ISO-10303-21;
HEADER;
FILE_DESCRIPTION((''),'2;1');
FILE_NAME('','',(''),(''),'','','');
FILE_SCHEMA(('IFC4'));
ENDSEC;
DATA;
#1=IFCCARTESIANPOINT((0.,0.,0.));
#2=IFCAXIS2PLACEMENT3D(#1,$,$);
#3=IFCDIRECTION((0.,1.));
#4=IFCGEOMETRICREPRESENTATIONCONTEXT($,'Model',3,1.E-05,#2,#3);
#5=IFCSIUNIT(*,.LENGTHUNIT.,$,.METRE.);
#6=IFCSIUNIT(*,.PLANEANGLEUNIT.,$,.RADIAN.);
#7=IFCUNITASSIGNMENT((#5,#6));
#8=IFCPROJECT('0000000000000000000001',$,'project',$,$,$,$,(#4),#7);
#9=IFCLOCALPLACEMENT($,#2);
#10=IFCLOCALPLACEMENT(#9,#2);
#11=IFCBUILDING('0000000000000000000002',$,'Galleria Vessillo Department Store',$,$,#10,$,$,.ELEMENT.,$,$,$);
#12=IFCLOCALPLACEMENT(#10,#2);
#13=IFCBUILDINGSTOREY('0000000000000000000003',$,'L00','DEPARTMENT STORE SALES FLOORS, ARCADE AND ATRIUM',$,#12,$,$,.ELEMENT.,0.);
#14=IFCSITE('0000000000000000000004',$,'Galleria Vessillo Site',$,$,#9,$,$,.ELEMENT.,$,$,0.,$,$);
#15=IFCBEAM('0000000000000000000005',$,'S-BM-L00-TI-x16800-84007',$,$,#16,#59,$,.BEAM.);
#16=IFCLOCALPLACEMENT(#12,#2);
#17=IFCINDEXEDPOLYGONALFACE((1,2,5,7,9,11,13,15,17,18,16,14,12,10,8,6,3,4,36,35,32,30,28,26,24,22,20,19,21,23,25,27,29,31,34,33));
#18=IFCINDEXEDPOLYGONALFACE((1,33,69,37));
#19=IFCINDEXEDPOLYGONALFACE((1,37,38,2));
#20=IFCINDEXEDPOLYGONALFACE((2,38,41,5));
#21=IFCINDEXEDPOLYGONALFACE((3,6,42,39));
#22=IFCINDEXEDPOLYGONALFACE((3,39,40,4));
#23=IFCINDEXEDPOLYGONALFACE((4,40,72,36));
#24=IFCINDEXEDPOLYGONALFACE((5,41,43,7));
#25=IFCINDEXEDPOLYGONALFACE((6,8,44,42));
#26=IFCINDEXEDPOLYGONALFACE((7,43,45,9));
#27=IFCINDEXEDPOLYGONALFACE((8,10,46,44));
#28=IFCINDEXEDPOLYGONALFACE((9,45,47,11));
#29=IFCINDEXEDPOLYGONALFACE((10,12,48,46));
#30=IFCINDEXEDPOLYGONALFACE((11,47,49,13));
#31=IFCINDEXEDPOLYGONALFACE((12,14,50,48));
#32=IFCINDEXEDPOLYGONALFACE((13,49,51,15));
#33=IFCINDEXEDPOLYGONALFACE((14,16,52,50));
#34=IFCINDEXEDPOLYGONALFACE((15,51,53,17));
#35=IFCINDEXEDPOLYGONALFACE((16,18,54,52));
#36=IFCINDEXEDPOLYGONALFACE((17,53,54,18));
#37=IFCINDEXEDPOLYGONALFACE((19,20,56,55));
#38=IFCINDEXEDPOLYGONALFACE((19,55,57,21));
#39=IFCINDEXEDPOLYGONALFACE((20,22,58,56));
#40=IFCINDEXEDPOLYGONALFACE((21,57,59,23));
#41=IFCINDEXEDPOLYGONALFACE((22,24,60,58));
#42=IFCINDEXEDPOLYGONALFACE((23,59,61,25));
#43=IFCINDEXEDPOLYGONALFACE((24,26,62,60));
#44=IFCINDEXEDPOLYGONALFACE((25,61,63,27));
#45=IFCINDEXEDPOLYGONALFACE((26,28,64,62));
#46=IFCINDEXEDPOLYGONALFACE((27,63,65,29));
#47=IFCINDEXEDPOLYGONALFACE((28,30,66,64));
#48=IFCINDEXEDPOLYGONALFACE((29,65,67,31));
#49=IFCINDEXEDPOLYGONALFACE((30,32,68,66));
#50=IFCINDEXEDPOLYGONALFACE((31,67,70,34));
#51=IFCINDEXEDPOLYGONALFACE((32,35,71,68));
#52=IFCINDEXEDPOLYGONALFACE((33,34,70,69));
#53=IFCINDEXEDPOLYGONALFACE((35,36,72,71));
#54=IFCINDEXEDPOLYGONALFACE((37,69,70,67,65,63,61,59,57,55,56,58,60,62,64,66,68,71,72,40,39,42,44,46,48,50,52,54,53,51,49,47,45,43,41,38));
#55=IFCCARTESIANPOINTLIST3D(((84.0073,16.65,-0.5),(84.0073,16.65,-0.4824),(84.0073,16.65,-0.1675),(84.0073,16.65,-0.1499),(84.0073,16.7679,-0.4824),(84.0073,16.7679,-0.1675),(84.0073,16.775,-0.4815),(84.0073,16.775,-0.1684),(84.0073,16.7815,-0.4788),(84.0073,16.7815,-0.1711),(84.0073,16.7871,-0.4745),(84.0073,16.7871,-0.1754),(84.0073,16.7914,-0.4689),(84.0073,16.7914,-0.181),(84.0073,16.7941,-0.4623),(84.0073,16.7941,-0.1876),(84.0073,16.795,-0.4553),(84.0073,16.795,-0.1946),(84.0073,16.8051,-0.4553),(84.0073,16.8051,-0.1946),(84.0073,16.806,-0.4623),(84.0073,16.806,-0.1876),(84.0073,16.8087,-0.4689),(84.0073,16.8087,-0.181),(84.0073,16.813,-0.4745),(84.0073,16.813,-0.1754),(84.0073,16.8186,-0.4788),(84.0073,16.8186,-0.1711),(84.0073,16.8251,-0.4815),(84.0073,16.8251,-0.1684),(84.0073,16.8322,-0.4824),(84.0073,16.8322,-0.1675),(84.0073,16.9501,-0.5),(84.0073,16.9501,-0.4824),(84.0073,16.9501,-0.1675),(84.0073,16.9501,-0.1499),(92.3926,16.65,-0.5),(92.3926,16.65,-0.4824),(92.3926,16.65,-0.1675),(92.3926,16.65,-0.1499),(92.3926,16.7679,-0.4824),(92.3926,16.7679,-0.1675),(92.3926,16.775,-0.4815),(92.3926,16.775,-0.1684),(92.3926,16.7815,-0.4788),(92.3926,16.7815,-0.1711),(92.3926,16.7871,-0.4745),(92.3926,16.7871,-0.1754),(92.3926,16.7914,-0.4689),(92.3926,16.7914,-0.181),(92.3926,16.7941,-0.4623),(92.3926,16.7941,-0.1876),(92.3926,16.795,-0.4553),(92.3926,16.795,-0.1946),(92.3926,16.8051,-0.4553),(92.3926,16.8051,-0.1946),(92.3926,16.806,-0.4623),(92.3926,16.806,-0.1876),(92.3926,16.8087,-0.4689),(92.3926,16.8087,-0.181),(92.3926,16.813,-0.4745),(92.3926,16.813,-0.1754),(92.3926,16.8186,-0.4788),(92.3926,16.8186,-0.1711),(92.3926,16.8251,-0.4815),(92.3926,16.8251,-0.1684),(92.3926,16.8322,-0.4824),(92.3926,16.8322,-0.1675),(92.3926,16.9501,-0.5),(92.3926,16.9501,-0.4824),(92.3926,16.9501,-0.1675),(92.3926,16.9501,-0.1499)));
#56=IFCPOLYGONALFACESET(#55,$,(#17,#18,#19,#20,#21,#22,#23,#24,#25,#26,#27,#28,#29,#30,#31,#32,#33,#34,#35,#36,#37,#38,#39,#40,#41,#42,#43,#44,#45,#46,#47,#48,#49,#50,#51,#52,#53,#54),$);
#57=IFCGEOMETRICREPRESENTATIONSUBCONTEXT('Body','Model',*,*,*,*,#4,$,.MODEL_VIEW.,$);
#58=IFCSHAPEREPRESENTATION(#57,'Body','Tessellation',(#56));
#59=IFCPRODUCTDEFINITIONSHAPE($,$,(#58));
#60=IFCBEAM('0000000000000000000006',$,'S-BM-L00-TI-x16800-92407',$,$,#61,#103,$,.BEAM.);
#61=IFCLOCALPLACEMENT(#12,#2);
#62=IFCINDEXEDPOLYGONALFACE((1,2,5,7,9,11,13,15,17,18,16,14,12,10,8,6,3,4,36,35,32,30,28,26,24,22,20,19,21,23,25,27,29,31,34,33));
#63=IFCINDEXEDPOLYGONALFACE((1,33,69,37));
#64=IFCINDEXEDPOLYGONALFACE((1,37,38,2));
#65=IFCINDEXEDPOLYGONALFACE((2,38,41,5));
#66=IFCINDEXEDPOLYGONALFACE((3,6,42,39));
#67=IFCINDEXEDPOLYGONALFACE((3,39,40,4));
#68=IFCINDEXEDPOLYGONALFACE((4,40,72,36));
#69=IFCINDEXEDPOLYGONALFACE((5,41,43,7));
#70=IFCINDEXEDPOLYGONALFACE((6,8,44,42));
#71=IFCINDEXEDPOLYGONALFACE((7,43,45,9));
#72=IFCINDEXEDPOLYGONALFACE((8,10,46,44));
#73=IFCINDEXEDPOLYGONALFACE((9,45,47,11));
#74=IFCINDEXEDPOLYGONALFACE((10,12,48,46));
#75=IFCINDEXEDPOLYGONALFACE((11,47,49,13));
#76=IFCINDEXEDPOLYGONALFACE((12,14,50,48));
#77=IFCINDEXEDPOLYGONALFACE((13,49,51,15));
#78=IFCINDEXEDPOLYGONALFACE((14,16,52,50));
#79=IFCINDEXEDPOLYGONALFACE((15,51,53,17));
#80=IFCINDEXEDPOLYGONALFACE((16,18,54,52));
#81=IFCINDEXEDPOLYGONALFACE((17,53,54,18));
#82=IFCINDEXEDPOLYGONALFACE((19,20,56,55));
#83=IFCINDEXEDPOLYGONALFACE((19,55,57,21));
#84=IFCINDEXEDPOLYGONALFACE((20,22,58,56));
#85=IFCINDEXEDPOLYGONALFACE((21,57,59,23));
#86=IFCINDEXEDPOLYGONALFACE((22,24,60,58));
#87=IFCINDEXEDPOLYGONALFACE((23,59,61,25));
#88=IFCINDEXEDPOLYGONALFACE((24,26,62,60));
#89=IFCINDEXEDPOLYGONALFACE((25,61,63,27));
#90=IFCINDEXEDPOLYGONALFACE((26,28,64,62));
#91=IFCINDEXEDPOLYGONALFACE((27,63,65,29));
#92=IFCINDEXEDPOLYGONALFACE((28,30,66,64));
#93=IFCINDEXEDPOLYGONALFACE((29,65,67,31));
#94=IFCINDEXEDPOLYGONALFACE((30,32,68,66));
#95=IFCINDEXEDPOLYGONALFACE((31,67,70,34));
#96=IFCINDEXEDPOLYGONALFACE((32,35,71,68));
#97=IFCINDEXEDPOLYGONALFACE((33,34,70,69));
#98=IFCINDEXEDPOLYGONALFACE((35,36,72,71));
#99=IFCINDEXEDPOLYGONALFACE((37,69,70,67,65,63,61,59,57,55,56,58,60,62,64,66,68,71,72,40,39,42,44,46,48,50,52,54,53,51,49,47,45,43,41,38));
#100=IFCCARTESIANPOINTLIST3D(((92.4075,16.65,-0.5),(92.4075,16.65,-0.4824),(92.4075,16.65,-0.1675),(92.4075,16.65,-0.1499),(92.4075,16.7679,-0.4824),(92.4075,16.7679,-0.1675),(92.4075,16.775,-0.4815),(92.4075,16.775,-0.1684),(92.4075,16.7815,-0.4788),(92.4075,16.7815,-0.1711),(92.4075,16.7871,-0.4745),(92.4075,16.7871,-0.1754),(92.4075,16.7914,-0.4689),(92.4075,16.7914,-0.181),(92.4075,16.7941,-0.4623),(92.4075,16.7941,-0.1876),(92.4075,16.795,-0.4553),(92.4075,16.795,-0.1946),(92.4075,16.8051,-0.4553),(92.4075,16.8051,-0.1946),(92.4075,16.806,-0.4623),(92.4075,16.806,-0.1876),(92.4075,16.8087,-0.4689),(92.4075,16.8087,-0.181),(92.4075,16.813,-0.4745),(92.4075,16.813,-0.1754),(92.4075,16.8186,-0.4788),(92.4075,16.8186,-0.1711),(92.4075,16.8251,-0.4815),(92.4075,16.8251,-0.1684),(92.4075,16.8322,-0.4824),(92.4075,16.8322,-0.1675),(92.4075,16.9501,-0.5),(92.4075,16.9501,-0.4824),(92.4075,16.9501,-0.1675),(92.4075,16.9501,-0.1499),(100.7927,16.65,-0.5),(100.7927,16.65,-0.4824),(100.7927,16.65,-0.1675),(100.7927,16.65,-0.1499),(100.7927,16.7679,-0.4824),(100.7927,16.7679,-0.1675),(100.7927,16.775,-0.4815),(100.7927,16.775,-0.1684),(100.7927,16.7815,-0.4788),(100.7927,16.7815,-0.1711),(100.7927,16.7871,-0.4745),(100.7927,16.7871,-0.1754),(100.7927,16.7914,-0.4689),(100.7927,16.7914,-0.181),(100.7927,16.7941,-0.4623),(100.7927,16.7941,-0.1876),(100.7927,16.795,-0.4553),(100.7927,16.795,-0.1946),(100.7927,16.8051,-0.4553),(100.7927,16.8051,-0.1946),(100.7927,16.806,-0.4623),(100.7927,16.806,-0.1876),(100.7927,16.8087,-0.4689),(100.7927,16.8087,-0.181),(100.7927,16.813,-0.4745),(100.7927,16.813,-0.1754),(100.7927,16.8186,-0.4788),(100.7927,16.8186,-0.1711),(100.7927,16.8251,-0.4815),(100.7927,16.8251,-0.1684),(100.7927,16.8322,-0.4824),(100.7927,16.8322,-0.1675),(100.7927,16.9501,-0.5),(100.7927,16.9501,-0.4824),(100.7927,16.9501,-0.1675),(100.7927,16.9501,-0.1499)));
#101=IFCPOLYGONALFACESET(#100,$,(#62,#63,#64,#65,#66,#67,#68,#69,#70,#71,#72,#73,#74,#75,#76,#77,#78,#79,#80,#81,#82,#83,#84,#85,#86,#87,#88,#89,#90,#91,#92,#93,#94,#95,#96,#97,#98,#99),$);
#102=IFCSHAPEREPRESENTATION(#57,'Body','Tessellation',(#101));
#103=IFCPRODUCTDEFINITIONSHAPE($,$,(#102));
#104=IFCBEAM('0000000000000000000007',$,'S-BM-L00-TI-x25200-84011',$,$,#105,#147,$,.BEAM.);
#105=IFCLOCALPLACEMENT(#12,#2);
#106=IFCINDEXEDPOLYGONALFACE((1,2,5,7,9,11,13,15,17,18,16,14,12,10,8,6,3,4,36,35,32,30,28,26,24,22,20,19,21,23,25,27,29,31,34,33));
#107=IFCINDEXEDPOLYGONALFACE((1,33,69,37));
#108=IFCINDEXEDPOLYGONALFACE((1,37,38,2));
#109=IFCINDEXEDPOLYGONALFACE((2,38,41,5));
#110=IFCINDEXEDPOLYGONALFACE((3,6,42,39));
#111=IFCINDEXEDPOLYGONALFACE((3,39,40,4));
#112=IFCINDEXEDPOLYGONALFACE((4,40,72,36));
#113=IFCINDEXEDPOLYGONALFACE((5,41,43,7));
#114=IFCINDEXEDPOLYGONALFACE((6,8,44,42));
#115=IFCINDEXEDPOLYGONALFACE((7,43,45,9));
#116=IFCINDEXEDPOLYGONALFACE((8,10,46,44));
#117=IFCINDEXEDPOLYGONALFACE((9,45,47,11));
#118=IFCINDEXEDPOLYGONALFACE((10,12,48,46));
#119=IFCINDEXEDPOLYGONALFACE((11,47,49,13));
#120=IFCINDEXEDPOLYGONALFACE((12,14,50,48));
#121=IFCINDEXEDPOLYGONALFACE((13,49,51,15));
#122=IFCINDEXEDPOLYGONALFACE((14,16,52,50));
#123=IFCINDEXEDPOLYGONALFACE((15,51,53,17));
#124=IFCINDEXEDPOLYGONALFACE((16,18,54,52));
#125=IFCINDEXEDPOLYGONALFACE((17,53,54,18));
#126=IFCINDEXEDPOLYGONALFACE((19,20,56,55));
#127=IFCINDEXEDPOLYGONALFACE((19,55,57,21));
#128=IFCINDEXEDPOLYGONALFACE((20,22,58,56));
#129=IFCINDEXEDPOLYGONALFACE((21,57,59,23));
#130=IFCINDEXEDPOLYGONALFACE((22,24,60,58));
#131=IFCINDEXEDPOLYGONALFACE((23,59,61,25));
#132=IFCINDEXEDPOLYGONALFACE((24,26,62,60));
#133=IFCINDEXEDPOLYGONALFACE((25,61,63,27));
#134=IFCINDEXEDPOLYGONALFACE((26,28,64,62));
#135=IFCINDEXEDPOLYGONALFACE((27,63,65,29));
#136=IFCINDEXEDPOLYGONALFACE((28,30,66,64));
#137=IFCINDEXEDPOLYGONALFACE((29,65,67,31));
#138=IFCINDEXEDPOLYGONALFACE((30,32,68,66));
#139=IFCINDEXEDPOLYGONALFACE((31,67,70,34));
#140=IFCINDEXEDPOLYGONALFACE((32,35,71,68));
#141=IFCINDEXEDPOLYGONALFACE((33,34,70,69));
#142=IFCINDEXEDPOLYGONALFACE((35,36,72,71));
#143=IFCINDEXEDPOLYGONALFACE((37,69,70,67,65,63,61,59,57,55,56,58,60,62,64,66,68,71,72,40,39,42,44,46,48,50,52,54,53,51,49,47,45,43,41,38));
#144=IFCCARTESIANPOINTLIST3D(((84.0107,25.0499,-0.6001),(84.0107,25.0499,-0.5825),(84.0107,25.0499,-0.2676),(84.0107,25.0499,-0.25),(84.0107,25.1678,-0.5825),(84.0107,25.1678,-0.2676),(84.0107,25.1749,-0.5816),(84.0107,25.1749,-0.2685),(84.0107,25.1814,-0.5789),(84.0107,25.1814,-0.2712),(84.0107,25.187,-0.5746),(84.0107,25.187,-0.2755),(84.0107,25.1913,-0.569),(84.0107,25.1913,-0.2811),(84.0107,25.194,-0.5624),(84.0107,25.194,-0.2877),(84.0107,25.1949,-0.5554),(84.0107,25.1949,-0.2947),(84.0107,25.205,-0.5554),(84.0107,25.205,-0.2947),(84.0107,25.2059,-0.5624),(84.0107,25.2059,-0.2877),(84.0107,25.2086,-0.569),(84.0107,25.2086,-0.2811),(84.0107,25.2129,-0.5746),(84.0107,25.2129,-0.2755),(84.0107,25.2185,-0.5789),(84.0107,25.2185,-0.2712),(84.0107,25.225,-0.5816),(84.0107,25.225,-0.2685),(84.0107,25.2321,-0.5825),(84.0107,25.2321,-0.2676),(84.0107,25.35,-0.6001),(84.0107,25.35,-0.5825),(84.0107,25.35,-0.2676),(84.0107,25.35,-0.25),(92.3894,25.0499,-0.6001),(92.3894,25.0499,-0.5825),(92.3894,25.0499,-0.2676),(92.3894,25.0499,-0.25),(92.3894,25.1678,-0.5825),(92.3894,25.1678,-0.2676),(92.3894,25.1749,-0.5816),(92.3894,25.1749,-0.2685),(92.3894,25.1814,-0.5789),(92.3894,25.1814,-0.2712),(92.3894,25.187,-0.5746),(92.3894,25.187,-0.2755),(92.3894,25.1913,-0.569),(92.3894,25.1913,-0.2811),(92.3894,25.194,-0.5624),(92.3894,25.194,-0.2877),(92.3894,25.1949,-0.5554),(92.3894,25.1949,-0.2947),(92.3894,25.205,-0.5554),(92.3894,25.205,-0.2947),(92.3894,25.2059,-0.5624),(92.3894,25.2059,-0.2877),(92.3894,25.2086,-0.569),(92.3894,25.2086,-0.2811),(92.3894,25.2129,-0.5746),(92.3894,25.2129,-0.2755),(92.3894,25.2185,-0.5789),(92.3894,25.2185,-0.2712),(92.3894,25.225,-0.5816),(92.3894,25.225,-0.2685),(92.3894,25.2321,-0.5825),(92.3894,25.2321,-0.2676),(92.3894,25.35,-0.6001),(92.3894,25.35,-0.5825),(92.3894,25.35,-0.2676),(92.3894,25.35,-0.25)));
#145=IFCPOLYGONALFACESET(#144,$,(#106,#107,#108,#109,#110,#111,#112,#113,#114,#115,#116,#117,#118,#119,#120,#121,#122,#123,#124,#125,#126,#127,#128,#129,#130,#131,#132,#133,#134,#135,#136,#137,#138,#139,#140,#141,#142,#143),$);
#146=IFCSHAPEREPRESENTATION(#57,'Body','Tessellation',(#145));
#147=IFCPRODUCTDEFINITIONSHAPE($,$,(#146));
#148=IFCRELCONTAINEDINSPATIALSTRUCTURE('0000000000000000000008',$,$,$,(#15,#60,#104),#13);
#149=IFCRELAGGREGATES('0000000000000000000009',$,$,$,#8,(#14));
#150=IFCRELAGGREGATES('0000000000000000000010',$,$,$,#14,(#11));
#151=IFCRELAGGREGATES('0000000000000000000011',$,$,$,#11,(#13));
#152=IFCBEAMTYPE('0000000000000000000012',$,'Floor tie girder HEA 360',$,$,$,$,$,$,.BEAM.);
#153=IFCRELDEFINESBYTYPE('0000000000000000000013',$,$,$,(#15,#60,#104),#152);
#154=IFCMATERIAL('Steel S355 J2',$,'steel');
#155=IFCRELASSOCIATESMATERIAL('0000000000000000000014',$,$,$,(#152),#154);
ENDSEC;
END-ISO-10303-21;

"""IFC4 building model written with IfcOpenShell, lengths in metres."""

from ifc_helpers import new_model, si_unit, direction, frame, origin, origin_2d, place, context, subcontext, project, spatial, i_section, extrude, material, material_profile, profile_set, type_object, element, save


model = new_model("IFC4")

# Units and contexts
model_context = context("Model", 3, precision=1e-05, world=origin(), true_north=direction((0.0, 1.0)))
body_context = subcontext(model_context, "Body", "Model", "MODEL_VIEW")
ifc_project = project(units=[si_unit("LENGTHUNIT", "METRE"), si_unit("PLANEANGLEUNIT", "RADIAN")], contexts=[model_context])

# Site, building, storey
site_placement = place(None, origin())
site = spatial("IfcSite", under=ifc_project, at=site_placement, Name="Galleria Vessillo Site", CompositionType="ELEMENT", RefElevation=0.0)
building_placement = place(site_placement, origin())
building = spatial("IfcBuilding", under=site, at=building_placement, Name="Galleria Vessillo Department Store", CompositionType="ELEMENT")
storey_placement = place(building_placement, origin())
storey = spatial("IfcBuildingStorey", under=building, at=storey_placement, Name="L00", Description="DEPARTMENT STORE SALES FLOORS, ARCADE AND ATRIUM", CompositionType="ELEMENT", Elevation=0.0)

# Beams
ifc_material_1 = material(Name="Steel S355 J2", Category="steel")
ifc_material_profile_1 = material_profile(ifc_material_1, i_section(OverallWidth=0.3, OverallDepth=0.3501, WebThickness=0.01, FlangeThickness=0.0176, FilletRadius=0.0271, at=origin_2d()), Name="HEA 360")
ifc_profile_set_1 = profile_set([ifc_material_profile_1], Name="Steel S355 J2")
beam_type_1 = type_object("IfcBeamType", Name="Floor tie girder HEA 360", PredefinedType="BEAM", material=ifc_profile_set_1)
for number, where, z_axis, x_axis, name in (
    (1, (84.0073, 16.8, -0.325), (1.0, 0.0, 0.0), (0.0, 1.0, 0.0), "S-BM-L00-TI-x16800-84007"),
    (2, (92.4075, 16.8, -0.325), (1.0, 0.0, 0.0), (0.0, 1.0, 0.0), "S-BM-L00-TI-x16800-92407"),
):
    element("IfcBeam", number, at=place(storey_placement, frame(where, z_axis=z_axis, x_axis=x_axis)), inside=storey, type_object=beam_type_1, Name=name, PredefinedType="BEAM", context=body_context, shape_type="SweptSolid", body=[
        extrude(i_section(OverallWidth=0.3, OverallDepth=0.3501, WebThickness=0.01, FlangeThickness=0.0176, FilletRadius=0.0271, at=origin_2d()), origin(), (0.0, 0.0, 1.0), 8.3853),
    ])
beam_1_placement = place(storey_placement, frame((84.0107, 25.2, -0.425), z_axis=(1.0, 0.0, 0.0), x_axis=(0.0, 1.0, 0.0)))
element("IfcBeam", 3, at=beam_1_placement, inside=storey, type_object=beam_type_1, Name="S-BM-L00-TI-x25200-84011", PredefinedType="BEAM", context=body_context, shape_type="SweptSolid", body=[
    extrude(i_section(OverallWidth=0.3, OverallDepth=0.3501, WebThickness=0.01, FlangeThickness=0.0176, FilletRadius=0.0271, at=origin_2d()), origin(), (0.0, 0.0, 1.0), 8.3787),
])

save(model, "model.ifc")
